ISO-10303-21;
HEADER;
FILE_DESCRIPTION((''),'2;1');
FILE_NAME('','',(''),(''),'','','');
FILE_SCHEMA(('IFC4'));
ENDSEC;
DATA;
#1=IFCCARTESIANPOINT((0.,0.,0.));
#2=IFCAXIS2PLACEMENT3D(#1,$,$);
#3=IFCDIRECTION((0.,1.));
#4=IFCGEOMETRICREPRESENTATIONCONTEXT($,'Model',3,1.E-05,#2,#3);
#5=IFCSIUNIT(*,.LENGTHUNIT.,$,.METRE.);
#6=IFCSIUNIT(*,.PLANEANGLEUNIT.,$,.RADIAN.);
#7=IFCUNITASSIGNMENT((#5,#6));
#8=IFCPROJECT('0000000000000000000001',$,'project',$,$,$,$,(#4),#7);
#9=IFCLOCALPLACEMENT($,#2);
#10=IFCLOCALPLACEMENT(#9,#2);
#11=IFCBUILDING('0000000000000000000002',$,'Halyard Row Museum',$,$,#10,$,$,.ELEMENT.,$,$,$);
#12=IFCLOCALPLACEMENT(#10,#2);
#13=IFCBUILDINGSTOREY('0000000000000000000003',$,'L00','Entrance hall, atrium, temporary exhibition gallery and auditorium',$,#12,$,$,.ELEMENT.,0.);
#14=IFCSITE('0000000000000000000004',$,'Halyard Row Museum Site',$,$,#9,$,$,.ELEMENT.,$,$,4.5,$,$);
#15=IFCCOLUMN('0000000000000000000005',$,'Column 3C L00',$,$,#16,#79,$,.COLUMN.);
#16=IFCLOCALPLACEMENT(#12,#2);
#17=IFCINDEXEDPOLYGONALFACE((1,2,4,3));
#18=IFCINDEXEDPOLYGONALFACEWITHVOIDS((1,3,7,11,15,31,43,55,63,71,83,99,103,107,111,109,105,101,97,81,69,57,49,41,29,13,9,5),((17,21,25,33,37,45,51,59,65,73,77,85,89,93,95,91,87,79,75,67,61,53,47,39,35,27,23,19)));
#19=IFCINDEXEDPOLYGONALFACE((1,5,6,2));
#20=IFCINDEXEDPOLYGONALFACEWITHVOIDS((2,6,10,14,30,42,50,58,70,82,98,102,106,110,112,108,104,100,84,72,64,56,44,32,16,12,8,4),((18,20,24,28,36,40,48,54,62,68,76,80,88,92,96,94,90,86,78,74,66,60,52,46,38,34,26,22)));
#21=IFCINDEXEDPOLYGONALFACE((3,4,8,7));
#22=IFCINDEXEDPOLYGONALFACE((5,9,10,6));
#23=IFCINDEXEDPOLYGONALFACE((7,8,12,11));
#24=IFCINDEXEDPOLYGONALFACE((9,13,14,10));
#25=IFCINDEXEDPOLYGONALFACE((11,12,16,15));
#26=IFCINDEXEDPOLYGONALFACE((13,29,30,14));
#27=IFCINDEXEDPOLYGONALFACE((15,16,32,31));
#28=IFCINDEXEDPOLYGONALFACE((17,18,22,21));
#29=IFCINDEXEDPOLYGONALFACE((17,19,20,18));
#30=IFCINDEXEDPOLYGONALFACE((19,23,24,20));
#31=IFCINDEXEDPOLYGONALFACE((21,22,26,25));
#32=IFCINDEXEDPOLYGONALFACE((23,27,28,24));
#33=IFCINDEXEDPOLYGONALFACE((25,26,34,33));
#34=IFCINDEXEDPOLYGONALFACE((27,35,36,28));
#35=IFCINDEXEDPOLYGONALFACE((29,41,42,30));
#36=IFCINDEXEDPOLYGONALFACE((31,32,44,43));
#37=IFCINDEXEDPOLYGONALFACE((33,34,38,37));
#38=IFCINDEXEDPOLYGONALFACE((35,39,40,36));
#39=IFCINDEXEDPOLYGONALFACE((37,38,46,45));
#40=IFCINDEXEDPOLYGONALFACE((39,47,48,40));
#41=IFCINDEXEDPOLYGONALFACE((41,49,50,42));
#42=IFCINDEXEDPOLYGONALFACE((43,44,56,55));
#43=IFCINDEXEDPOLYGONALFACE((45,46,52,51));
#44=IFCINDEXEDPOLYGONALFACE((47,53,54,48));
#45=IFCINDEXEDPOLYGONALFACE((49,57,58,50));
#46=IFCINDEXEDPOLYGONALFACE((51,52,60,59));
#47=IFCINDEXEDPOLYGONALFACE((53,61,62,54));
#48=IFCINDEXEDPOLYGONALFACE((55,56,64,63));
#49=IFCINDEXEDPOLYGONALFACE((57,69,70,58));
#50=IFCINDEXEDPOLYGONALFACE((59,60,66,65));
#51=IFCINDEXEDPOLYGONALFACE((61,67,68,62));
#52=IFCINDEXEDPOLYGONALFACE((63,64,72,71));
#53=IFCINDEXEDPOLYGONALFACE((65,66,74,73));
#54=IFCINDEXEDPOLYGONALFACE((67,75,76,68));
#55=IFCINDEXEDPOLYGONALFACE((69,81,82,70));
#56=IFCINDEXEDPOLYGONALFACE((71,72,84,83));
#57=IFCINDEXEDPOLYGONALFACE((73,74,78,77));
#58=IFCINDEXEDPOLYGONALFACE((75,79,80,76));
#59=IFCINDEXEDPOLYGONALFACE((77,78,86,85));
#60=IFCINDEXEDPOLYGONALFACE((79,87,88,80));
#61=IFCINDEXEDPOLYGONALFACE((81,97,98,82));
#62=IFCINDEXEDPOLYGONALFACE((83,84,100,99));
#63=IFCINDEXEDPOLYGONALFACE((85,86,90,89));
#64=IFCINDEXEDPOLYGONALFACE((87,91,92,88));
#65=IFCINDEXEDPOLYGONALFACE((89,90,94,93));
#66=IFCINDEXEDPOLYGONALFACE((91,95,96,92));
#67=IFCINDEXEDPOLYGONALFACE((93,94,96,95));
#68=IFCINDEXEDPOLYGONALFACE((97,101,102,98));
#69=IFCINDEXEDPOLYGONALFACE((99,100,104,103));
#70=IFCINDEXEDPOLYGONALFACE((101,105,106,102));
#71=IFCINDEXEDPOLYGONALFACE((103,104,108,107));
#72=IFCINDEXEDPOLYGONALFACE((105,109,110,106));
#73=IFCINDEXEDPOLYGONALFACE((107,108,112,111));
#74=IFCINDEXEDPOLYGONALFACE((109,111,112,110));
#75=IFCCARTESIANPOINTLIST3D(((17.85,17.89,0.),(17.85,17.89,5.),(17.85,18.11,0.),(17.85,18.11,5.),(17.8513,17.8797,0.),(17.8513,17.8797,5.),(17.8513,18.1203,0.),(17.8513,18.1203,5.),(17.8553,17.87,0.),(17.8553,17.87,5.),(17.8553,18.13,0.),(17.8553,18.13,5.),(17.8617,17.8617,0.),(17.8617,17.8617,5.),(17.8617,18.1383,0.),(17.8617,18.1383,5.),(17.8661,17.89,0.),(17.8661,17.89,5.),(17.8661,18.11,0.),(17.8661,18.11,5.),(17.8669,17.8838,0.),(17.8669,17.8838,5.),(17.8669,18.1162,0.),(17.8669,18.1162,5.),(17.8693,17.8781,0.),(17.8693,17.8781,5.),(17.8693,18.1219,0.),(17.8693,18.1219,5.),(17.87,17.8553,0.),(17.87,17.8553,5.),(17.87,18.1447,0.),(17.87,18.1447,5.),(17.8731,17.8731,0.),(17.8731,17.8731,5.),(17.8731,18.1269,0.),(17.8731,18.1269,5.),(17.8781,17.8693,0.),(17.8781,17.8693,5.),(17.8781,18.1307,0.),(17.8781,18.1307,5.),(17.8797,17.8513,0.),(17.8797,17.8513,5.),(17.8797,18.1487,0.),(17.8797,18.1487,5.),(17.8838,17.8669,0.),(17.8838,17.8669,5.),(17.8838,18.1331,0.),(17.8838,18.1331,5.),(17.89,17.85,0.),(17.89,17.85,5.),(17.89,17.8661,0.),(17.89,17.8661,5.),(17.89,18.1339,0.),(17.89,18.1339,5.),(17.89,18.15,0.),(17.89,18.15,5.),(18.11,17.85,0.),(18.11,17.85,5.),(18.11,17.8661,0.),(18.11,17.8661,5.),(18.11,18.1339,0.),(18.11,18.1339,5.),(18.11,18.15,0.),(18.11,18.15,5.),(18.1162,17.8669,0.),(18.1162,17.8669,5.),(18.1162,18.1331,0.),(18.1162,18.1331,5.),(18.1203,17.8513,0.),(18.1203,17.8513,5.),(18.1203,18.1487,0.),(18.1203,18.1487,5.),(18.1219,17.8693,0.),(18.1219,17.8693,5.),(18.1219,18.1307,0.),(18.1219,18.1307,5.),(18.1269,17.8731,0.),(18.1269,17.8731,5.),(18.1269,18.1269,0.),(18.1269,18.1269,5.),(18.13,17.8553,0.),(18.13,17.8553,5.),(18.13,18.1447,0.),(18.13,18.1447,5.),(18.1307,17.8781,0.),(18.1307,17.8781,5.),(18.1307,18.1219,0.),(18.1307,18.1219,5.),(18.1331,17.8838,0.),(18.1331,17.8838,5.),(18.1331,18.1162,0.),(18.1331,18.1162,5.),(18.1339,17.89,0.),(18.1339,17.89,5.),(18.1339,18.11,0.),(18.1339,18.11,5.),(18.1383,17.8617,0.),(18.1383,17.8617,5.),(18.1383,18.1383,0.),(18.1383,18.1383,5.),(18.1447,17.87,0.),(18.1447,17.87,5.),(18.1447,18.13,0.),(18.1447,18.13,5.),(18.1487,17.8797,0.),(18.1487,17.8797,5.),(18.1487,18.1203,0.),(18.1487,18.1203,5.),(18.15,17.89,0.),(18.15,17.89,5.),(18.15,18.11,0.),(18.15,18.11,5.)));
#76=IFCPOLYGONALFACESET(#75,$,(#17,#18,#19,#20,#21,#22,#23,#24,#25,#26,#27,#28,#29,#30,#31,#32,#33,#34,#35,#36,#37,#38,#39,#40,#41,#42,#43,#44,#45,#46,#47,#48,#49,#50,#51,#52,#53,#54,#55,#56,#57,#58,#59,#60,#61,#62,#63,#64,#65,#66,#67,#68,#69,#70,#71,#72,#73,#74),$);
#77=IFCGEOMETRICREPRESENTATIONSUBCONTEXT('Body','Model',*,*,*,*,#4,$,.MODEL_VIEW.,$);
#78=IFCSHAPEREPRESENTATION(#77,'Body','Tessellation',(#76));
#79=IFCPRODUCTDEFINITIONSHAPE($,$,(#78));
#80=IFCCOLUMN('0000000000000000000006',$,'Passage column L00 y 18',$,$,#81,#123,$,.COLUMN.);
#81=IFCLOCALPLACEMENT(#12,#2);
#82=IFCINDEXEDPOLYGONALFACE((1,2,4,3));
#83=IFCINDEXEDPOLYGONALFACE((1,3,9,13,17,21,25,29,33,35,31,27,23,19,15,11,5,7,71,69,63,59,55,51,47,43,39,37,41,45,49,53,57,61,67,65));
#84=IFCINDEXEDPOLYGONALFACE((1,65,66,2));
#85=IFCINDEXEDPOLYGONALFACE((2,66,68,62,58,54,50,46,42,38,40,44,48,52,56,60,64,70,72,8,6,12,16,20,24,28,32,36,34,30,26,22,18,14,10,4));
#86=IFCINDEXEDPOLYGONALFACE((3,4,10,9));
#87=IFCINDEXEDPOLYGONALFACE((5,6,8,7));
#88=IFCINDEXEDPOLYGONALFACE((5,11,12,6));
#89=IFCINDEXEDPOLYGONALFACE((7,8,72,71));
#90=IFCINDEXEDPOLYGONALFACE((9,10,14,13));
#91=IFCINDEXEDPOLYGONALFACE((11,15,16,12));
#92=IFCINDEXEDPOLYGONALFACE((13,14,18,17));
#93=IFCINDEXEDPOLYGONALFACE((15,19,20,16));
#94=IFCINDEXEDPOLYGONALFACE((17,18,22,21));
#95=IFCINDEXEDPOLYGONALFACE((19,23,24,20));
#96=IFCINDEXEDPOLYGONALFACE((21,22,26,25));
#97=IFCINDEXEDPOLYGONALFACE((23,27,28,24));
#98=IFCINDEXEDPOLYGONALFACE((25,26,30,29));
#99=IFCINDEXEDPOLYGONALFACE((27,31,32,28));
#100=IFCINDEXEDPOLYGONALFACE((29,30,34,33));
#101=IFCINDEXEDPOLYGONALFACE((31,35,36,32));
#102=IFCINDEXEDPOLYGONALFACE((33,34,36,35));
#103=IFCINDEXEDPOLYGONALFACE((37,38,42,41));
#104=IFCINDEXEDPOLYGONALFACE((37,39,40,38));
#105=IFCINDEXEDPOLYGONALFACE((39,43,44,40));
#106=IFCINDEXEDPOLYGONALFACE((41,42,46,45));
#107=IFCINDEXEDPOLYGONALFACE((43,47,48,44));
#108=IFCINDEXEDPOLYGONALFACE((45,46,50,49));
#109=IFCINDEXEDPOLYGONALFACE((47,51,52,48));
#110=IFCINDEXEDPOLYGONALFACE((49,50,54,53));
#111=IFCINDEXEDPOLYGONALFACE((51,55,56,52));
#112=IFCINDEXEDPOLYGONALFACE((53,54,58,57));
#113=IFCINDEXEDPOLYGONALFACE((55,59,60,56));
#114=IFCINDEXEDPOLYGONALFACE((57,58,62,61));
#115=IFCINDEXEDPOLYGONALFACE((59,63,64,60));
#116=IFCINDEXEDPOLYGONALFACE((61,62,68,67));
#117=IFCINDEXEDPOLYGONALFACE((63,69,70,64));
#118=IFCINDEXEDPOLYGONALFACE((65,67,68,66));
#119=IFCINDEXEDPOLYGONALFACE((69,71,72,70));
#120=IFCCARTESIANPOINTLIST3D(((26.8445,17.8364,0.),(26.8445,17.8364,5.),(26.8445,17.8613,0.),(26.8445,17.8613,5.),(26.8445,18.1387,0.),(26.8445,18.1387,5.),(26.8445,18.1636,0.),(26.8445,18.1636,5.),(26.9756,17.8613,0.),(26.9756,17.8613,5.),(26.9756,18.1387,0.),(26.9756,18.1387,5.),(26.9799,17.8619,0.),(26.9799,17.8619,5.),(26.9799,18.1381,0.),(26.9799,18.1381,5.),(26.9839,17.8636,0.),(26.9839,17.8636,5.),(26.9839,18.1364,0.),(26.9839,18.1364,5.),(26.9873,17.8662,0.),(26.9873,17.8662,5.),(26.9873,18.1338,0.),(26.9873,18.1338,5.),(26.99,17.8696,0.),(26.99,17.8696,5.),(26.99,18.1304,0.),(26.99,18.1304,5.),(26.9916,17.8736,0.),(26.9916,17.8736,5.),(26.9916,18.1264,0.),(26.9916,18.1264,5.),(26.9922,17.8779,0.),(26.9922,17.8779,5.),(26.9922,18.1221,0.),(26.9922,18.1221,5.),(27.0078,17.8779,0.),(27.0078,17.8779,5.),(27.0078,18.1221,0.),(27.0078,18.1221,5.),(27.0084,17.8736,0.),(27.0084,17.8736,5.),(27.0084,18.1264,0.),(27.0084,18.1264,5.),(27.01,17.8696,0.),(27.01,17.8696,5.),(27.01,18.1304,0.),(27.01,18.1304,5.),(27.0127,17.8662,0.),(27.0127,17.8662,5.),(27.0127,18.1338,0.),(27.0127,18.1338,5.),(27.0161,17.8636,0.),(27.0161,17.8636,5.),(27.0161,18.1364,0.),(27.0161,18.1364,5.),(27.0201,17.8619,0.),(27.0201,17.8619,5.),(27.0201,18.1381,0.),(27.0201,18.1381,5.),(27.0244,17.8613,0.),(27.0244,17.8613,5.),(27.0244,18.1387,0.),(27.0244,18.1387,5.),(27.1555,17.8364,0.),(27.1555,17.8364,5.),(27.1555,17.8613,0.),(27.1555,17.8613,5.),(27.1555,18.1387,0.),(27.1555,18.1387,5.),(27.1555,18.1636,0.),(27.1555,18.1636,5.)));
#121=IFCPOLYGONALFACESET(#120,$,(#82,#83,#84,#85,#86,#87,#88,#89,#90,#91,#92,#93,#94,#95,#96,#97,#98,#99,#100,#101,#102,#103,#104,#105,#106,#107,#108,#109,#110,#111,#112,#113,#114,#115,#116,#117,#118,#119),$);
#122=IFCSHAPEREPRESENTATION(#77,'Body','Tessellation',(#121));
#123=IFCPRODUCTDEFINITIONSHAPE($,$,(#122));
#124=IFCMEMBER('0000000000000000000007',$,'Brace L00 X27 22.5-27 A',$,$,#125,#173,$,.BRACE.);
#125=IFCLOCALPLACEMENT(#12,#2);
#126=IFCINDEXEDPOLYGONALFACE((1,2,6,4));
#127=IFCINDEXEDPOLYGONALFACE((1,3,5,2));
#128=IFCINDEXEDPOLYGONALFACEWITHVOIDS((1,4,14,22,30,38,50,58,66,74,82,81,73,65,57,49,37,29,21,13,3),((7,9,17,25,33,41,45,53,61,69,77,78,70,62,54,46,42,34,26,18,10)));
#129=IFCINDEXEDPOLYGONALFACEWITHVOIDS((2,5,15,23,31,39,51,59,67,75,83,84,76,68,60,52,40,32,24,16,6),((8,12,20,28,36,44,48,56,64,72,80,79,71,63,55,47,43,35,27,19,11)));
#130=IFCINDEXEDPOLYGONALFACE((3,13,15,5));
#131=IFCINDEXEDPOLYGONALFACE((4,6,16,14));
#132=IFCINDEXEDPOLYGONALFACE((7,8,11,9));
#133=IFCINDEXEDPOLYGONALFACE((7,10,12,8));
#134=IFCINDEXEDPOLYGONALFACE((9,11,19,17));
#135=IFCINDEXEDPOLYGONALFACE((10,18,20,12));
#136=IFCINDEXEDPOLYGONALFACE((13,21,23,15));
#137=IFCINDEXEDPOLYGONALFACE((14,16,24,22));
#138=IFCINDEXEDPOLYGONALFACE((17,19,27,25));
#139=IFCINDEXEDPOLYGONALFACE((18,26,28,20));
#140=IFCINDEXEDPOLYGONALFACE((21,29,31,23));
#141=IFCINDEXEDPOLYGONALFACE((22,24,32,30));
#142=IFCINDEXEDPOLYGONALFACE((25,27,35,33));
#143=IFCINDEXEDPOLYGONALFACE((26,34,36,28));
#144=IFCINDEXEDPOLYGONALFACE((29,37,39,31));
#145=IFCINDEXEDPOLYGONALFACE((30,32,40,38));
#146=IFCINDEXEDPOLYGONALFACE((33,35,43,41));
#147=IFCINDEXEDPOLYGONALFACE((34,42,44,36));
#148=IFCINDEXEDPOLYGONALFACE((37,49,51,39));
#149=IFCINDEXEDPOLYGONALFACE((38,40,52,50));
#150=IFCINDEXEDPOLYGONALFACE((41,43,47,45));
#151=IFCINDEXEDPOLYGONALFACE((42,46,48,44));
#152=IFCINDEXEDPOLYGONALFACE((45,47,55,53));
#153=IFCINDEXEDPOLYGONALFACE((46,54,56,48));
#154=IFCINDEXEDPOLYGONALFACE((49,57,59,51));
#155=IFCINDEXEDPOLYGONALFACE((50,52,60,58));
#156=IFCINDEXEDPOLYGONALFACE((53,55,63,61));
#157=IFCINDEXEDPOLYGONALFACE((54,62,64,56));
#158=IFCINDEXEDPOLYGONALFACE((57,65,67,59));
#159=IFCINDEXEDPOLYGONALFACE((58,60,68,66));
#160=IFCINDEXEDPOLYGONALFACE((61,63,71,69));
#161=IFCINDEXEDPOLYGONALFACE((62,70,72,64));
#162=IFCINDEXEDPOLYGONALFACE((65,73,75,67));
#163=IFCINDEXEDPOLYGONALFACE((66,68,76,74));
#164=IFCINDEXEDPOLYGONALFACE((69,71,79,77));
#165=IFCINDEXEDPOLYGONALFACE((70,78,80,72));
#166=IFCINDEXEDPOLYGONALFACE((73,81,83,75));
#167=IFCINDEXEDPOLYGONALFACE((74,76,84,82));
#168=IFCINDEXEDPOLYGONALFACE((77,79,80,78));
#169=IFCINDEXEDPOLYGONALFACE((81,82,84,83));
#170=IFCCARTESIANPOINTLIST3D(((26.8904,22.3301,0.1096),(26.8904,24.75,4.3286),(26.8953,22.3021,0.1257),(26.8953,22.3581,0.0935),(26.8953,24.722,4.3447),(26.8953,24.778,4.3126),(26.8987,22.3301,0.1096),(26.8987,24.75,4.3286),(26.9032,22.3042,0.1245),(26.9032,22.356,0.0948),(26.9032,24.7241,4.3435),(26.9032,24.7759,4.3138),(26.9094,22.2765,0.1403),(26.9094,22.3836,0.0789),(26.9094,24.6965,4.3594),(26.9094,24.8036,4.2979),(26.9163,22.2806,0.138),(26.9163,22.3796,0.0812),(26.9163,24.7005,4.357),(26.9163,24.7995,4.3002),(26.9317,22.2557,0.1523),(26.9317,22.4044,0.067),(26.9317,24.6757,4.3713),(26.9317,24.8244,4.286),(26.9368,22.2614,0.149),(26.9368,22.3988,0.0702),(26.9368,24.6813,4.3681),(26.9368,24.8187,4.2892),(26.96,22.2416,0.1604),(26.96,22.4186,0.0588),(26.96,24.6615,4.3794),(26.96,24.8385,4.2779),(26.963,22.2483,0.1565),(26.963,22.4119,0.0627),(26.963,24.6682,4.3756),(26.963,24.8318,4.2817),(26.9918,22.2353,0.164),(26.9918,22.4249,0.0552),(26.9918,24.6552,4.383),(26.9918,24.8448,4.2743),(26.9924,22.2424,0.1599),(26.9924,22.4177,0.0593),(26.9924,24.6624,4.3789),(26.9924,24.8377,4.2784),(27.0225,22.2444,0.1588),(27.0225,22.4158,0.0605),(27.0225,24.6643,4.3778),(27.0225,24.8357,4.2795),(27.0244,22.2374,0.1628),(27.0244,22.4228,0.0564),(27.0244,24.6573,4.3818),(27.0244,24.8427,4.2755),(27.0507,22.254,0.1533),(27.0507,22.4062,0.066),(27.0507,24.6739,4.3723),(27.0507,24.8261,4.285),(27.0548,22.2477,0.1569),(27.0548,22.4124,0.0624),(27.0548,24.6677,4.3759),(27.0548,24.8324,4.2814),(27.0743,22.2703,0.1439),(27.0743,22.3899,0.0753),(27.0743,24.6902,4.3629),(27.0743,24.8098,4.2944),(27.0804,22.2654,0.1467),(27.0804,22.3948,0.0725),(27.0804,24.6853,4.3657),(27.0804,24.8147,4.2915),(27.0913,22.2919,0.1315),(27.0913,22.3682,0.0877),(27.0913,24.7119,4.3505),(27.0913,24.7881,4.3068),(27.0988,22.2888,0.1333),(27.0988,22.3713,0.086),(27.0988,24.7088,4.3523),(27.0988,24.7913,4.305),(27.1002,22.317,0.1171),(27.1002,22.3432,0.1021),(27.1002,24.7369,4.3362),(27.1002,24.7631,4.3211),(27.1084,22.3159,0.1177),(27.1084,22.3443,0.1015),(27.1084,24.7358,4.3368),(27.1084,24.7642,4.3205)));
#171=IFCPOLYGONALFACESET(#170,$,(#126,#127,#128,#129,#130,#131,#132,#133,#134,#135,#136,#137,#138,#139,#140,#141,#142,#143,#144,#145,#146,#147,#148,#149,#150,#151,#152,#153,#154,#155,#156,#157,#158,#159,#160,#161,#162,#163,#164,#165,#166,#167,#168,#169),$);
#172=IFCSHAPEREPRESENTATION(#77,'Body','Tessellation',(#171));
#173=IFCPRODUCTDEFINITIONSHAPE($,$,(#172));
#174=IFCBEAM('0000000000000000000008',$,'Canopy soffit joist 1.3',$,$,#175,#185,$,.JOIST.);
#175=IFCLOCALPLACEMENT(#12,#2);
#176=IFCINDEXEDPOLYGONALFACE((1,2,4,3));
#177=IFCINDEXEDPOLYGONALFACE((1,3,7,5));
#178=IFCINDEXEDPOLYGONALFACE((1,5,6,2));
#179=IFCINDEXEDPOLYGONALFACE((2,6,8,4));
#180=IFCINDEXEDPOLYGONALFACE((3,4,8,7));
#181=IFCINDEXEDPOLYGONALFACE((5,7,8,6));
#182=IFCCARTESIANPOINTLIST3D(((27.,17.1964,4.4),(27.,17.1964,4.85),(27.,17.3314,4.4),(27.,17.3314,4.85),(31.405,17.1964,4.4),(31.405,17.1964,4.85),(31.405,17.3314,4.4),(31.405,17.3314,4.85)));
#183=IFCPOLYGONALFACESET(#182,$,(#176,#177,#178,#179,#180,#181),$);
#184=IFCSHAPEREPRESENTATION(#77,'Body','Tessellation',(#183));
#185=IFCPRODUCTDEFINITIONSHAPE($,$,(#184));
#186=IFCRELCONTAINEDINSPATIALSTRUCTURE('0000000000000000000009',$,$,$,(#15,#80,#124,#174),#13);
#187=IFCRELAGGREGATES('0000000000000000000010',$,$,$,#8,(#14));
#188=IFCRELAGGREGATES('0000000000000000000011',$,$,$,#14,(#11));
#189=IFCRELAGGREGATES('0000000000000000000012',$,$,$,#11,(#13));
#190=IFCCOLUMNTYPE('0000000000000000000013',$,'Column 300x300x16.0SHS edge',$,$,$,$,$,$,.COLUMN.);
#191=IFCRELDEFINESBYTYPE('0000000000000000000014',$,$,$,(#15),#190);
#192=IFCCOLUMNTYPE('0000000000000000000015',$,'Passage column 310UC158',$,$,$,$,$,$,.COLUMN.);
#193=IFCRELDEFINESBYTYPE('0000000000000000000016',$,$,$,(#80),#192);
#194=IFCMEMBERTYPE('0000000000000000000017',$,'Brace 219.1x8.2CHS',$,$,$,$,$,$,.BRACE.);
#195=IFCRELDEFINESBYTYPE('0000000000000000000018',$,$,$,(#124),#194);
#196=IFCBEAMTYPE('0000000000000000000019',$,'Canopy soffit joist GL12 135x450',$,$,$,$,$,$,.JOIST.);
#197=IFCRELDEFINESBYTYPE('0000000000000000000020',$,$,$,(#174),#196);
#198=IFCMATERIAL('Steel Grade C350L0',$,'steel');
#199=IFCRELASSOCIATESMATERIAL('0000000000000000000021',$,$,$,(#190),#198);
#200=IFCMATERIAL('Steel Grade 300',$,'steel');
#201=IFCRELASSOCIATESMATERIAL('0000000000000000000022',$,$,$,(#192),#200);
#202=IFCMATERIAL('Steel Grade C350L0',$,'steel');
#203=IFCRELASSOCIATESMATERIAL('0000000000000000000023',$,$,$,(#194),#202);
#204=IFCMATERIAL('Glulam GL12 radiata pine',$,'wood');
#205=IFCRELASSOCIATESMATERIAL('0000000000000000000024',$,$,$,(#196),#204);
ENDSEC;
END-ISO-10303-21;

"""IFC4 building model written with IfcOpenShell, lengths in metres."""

from ifc_helpers import new_model, si_unit, direction, frame, origin, origin_2d, place, context, subcontext, project, spatial, rectangle, hollow_rectangle, hollow_circle, i_section, extrude, material, material_profile, profile_set, type_object, element, save


model = new_model("IFC4")

# Units and contexts
model_context = context("Model", 3, precision=1e-05, world=origin(), true_north=direction((0.0, 1.0)))
body_context = subcontext(model_context, "Body", "Model", "MODEL_VIEW")
ifc_project = project(units=[si_unit("LENGTHUNIT", "METRE"), si_unit("PLANEANGLEUNIT", "RADIAN")], contexts=[model_context])

# Site, building, storey
site_placement = place(None, origin())
site = spatial("IfcSite", under=ifc_project, at=site_placement, Name="Halyard Row Museum Site", CompositionType="ELEMENT", RefElevation=4.5)
building_placement = place(site_placement, origin())
building = spatial("IfcBuilding", under=site, at=building_placement, Name="Halyard Row Museum", CompositionType="ELEMENT")
storey_placement = place(building_placement, origin())
storey = spatial("IfcBuildingStorey", under=building, at=storey_placement, Name="L00", Description="Entrance hall, atrium, temporary exhibition gallery and auditorium", CompositionType="ELEMENT", Elevation=0.0)

# Columns
ifc_material_1 = material(Name="Steel Grade C350L0", Category="steel")
ifc_material_profile_1 = material_profile(ifc_material_1, hollow_rectangle(XDim=0.3, YDim=0.3, WallThickness=0.0161, InnerFilletRadius=0.0239, OuterFilletRadius=0.04, at=origin_2d()), Name="300x300x16.0SHS")
ifc_profile_set_1 = profile_set([ifc_material_profile_1], Name="Steel Grade C350L0")
column_type_1 = type_object("IfcColumnType", Name="Column 300x300x16.0SHS edge", PredefinedType="COLUMN", material=ifc_profile_set_1)
column_1_placement = place(storey_placement, frame((18.0, 18.0, 0.0), z_axis=(0.0, 0.0, 1.0), x_axis=(1.0, 0.0, 0.0)))
element("IfcColumn", 1, at=column_1_placement, inside=storey, type_object=column_type_1, Name="Column 3C L00", PredefinedType="COLUMN", context=body_context, shape_type="SweptSolid", body=[
    extrude(hollow_rectangle(XDim=0.3, YDim=0.3, WallThickness=0.0161, InnerFilletRadius=0.0239, OuterFilletRadius=0.04, at=origin_2d()), origin(), (0.0, 0.0, 1.0), 5.0),
])
ifc_material_2 = material(Name="Steel Grade 300", Category="steel")
ifc_material_profile_2 = material_profile(ifc_material_2, i_section(OverallWidth=0.311, OverallDepth=0.3271, WebThickness=0.0156, FlangeThickness=0.0249, FilletRadius=0.0166, at=origin_2d()), Name="310UC158")
ifc_profile_set_2 = profile_set([ifc_material_profile_2], Name="Steel Grade 300")
column_type_2 = type_object("IfcColumnType", Name="Passage column 310UC158", PredefinedType="COLUMN", material=ifc_profile_set_2)
column_2_placement = place(storey_placement, frame((27.0, 18.0, 0.0), z_axis=(0.0, 0.0, 1.0), x_axis=(1.0, 0.0, 0.0)))
element("IfcColumn", 2, at=column_2_placement, inside=storey, type_object=column_type_2, Name="Passage column L00 y 18", PredefinedType="COLUMN", context=body_context, shape_type="SweptSolid", body=[
    extrude(i_section(OverallWidth=0.311, OverallDepth=0.3271, WebThickness=0.0156, FlangeThickness=0.0249, FilletRadius=0.0166, at=origin_2d()), origin(), (0.0, 0.0, 1.0), 5.0),
])

# Member
ifc_material_3 = material(Name="Steel Grade C350L0", Category="steel")
ifc_material_profile_3 = material_profile(ifc_material_3, hollow_circle(Radius=0.1096, WallThickness=0.0083, at=origin_2d()), Name="219.1x8.2CHS")
ifc_profile_set_3 = profile_set([ifc_material_profile_3], Name="Steel Grade C350L0")
member_type_1 = type_object("IfcMemberType", Name="Brace 219.1x8.2CHS", PredefinedType="BRACE", material=ifc_profile_set_3)
member_1_placement = place(storey_placement, frame((27.0, 22.3301, 0.1096), z_axis=(0.0, 0.497544, 0.867439), x_axis=(-1.0, 0.0, 0.0)))
element("IfcMember", 3, at=member_1_placement, inside=storey, type_object=member_type_1, Name="Brace L00 X27 22.5-27 A", PredefinedType="BRACE", context=body_context, shape_type="SweptSolid", body=[
    extrude(hollow_circle(Radius=0.1096, WallThickness=0.0083, at=origin_2d()), origin(), (0.0, 0.0, 1.0), 4.8638),
])

# Beam
ifc_material_4 = material(Name="Glulam GL12 radiata pine", Category="wood")
ifc_material_profile_4 = material_profile(ifc_material_4, rectangle(XDim=0.135, YDim=0.45, at=origin_2d()), Name="GL12 135x450")
ifc_profile_set_4 = profile_set([ifc_material_profile_4], Name="Glulam GL12 radiata pine")
beam_type_1 = type_object("IfcBeamType", Name="Canopy soffit joist GL12 135x450", PredefinedType="JOIST", material=ifc_profile_set_4)
beam_1_placement = place(storey_placement, frame((27.0, 17.2639, 4.625), z_axis=(1.0, 0.0, 0.0), x_axis=(0.0, 1.0, 0.0)))
element("IfcBeam", 4, at=beam_1_placement, inside=storey, type_object=beam_type_1, Name="Canopy soffit joist 1.3", PredefinedType="JOIST", context=body_context, shape_type="SweptSolid", body=[
    extrude(rectangle(XDim=0.135, YDim=0.45, at=origin_2d()), origin(), (0.0, 0.0, 1.0), 4.405),
])

save(model, "model.ifc")
